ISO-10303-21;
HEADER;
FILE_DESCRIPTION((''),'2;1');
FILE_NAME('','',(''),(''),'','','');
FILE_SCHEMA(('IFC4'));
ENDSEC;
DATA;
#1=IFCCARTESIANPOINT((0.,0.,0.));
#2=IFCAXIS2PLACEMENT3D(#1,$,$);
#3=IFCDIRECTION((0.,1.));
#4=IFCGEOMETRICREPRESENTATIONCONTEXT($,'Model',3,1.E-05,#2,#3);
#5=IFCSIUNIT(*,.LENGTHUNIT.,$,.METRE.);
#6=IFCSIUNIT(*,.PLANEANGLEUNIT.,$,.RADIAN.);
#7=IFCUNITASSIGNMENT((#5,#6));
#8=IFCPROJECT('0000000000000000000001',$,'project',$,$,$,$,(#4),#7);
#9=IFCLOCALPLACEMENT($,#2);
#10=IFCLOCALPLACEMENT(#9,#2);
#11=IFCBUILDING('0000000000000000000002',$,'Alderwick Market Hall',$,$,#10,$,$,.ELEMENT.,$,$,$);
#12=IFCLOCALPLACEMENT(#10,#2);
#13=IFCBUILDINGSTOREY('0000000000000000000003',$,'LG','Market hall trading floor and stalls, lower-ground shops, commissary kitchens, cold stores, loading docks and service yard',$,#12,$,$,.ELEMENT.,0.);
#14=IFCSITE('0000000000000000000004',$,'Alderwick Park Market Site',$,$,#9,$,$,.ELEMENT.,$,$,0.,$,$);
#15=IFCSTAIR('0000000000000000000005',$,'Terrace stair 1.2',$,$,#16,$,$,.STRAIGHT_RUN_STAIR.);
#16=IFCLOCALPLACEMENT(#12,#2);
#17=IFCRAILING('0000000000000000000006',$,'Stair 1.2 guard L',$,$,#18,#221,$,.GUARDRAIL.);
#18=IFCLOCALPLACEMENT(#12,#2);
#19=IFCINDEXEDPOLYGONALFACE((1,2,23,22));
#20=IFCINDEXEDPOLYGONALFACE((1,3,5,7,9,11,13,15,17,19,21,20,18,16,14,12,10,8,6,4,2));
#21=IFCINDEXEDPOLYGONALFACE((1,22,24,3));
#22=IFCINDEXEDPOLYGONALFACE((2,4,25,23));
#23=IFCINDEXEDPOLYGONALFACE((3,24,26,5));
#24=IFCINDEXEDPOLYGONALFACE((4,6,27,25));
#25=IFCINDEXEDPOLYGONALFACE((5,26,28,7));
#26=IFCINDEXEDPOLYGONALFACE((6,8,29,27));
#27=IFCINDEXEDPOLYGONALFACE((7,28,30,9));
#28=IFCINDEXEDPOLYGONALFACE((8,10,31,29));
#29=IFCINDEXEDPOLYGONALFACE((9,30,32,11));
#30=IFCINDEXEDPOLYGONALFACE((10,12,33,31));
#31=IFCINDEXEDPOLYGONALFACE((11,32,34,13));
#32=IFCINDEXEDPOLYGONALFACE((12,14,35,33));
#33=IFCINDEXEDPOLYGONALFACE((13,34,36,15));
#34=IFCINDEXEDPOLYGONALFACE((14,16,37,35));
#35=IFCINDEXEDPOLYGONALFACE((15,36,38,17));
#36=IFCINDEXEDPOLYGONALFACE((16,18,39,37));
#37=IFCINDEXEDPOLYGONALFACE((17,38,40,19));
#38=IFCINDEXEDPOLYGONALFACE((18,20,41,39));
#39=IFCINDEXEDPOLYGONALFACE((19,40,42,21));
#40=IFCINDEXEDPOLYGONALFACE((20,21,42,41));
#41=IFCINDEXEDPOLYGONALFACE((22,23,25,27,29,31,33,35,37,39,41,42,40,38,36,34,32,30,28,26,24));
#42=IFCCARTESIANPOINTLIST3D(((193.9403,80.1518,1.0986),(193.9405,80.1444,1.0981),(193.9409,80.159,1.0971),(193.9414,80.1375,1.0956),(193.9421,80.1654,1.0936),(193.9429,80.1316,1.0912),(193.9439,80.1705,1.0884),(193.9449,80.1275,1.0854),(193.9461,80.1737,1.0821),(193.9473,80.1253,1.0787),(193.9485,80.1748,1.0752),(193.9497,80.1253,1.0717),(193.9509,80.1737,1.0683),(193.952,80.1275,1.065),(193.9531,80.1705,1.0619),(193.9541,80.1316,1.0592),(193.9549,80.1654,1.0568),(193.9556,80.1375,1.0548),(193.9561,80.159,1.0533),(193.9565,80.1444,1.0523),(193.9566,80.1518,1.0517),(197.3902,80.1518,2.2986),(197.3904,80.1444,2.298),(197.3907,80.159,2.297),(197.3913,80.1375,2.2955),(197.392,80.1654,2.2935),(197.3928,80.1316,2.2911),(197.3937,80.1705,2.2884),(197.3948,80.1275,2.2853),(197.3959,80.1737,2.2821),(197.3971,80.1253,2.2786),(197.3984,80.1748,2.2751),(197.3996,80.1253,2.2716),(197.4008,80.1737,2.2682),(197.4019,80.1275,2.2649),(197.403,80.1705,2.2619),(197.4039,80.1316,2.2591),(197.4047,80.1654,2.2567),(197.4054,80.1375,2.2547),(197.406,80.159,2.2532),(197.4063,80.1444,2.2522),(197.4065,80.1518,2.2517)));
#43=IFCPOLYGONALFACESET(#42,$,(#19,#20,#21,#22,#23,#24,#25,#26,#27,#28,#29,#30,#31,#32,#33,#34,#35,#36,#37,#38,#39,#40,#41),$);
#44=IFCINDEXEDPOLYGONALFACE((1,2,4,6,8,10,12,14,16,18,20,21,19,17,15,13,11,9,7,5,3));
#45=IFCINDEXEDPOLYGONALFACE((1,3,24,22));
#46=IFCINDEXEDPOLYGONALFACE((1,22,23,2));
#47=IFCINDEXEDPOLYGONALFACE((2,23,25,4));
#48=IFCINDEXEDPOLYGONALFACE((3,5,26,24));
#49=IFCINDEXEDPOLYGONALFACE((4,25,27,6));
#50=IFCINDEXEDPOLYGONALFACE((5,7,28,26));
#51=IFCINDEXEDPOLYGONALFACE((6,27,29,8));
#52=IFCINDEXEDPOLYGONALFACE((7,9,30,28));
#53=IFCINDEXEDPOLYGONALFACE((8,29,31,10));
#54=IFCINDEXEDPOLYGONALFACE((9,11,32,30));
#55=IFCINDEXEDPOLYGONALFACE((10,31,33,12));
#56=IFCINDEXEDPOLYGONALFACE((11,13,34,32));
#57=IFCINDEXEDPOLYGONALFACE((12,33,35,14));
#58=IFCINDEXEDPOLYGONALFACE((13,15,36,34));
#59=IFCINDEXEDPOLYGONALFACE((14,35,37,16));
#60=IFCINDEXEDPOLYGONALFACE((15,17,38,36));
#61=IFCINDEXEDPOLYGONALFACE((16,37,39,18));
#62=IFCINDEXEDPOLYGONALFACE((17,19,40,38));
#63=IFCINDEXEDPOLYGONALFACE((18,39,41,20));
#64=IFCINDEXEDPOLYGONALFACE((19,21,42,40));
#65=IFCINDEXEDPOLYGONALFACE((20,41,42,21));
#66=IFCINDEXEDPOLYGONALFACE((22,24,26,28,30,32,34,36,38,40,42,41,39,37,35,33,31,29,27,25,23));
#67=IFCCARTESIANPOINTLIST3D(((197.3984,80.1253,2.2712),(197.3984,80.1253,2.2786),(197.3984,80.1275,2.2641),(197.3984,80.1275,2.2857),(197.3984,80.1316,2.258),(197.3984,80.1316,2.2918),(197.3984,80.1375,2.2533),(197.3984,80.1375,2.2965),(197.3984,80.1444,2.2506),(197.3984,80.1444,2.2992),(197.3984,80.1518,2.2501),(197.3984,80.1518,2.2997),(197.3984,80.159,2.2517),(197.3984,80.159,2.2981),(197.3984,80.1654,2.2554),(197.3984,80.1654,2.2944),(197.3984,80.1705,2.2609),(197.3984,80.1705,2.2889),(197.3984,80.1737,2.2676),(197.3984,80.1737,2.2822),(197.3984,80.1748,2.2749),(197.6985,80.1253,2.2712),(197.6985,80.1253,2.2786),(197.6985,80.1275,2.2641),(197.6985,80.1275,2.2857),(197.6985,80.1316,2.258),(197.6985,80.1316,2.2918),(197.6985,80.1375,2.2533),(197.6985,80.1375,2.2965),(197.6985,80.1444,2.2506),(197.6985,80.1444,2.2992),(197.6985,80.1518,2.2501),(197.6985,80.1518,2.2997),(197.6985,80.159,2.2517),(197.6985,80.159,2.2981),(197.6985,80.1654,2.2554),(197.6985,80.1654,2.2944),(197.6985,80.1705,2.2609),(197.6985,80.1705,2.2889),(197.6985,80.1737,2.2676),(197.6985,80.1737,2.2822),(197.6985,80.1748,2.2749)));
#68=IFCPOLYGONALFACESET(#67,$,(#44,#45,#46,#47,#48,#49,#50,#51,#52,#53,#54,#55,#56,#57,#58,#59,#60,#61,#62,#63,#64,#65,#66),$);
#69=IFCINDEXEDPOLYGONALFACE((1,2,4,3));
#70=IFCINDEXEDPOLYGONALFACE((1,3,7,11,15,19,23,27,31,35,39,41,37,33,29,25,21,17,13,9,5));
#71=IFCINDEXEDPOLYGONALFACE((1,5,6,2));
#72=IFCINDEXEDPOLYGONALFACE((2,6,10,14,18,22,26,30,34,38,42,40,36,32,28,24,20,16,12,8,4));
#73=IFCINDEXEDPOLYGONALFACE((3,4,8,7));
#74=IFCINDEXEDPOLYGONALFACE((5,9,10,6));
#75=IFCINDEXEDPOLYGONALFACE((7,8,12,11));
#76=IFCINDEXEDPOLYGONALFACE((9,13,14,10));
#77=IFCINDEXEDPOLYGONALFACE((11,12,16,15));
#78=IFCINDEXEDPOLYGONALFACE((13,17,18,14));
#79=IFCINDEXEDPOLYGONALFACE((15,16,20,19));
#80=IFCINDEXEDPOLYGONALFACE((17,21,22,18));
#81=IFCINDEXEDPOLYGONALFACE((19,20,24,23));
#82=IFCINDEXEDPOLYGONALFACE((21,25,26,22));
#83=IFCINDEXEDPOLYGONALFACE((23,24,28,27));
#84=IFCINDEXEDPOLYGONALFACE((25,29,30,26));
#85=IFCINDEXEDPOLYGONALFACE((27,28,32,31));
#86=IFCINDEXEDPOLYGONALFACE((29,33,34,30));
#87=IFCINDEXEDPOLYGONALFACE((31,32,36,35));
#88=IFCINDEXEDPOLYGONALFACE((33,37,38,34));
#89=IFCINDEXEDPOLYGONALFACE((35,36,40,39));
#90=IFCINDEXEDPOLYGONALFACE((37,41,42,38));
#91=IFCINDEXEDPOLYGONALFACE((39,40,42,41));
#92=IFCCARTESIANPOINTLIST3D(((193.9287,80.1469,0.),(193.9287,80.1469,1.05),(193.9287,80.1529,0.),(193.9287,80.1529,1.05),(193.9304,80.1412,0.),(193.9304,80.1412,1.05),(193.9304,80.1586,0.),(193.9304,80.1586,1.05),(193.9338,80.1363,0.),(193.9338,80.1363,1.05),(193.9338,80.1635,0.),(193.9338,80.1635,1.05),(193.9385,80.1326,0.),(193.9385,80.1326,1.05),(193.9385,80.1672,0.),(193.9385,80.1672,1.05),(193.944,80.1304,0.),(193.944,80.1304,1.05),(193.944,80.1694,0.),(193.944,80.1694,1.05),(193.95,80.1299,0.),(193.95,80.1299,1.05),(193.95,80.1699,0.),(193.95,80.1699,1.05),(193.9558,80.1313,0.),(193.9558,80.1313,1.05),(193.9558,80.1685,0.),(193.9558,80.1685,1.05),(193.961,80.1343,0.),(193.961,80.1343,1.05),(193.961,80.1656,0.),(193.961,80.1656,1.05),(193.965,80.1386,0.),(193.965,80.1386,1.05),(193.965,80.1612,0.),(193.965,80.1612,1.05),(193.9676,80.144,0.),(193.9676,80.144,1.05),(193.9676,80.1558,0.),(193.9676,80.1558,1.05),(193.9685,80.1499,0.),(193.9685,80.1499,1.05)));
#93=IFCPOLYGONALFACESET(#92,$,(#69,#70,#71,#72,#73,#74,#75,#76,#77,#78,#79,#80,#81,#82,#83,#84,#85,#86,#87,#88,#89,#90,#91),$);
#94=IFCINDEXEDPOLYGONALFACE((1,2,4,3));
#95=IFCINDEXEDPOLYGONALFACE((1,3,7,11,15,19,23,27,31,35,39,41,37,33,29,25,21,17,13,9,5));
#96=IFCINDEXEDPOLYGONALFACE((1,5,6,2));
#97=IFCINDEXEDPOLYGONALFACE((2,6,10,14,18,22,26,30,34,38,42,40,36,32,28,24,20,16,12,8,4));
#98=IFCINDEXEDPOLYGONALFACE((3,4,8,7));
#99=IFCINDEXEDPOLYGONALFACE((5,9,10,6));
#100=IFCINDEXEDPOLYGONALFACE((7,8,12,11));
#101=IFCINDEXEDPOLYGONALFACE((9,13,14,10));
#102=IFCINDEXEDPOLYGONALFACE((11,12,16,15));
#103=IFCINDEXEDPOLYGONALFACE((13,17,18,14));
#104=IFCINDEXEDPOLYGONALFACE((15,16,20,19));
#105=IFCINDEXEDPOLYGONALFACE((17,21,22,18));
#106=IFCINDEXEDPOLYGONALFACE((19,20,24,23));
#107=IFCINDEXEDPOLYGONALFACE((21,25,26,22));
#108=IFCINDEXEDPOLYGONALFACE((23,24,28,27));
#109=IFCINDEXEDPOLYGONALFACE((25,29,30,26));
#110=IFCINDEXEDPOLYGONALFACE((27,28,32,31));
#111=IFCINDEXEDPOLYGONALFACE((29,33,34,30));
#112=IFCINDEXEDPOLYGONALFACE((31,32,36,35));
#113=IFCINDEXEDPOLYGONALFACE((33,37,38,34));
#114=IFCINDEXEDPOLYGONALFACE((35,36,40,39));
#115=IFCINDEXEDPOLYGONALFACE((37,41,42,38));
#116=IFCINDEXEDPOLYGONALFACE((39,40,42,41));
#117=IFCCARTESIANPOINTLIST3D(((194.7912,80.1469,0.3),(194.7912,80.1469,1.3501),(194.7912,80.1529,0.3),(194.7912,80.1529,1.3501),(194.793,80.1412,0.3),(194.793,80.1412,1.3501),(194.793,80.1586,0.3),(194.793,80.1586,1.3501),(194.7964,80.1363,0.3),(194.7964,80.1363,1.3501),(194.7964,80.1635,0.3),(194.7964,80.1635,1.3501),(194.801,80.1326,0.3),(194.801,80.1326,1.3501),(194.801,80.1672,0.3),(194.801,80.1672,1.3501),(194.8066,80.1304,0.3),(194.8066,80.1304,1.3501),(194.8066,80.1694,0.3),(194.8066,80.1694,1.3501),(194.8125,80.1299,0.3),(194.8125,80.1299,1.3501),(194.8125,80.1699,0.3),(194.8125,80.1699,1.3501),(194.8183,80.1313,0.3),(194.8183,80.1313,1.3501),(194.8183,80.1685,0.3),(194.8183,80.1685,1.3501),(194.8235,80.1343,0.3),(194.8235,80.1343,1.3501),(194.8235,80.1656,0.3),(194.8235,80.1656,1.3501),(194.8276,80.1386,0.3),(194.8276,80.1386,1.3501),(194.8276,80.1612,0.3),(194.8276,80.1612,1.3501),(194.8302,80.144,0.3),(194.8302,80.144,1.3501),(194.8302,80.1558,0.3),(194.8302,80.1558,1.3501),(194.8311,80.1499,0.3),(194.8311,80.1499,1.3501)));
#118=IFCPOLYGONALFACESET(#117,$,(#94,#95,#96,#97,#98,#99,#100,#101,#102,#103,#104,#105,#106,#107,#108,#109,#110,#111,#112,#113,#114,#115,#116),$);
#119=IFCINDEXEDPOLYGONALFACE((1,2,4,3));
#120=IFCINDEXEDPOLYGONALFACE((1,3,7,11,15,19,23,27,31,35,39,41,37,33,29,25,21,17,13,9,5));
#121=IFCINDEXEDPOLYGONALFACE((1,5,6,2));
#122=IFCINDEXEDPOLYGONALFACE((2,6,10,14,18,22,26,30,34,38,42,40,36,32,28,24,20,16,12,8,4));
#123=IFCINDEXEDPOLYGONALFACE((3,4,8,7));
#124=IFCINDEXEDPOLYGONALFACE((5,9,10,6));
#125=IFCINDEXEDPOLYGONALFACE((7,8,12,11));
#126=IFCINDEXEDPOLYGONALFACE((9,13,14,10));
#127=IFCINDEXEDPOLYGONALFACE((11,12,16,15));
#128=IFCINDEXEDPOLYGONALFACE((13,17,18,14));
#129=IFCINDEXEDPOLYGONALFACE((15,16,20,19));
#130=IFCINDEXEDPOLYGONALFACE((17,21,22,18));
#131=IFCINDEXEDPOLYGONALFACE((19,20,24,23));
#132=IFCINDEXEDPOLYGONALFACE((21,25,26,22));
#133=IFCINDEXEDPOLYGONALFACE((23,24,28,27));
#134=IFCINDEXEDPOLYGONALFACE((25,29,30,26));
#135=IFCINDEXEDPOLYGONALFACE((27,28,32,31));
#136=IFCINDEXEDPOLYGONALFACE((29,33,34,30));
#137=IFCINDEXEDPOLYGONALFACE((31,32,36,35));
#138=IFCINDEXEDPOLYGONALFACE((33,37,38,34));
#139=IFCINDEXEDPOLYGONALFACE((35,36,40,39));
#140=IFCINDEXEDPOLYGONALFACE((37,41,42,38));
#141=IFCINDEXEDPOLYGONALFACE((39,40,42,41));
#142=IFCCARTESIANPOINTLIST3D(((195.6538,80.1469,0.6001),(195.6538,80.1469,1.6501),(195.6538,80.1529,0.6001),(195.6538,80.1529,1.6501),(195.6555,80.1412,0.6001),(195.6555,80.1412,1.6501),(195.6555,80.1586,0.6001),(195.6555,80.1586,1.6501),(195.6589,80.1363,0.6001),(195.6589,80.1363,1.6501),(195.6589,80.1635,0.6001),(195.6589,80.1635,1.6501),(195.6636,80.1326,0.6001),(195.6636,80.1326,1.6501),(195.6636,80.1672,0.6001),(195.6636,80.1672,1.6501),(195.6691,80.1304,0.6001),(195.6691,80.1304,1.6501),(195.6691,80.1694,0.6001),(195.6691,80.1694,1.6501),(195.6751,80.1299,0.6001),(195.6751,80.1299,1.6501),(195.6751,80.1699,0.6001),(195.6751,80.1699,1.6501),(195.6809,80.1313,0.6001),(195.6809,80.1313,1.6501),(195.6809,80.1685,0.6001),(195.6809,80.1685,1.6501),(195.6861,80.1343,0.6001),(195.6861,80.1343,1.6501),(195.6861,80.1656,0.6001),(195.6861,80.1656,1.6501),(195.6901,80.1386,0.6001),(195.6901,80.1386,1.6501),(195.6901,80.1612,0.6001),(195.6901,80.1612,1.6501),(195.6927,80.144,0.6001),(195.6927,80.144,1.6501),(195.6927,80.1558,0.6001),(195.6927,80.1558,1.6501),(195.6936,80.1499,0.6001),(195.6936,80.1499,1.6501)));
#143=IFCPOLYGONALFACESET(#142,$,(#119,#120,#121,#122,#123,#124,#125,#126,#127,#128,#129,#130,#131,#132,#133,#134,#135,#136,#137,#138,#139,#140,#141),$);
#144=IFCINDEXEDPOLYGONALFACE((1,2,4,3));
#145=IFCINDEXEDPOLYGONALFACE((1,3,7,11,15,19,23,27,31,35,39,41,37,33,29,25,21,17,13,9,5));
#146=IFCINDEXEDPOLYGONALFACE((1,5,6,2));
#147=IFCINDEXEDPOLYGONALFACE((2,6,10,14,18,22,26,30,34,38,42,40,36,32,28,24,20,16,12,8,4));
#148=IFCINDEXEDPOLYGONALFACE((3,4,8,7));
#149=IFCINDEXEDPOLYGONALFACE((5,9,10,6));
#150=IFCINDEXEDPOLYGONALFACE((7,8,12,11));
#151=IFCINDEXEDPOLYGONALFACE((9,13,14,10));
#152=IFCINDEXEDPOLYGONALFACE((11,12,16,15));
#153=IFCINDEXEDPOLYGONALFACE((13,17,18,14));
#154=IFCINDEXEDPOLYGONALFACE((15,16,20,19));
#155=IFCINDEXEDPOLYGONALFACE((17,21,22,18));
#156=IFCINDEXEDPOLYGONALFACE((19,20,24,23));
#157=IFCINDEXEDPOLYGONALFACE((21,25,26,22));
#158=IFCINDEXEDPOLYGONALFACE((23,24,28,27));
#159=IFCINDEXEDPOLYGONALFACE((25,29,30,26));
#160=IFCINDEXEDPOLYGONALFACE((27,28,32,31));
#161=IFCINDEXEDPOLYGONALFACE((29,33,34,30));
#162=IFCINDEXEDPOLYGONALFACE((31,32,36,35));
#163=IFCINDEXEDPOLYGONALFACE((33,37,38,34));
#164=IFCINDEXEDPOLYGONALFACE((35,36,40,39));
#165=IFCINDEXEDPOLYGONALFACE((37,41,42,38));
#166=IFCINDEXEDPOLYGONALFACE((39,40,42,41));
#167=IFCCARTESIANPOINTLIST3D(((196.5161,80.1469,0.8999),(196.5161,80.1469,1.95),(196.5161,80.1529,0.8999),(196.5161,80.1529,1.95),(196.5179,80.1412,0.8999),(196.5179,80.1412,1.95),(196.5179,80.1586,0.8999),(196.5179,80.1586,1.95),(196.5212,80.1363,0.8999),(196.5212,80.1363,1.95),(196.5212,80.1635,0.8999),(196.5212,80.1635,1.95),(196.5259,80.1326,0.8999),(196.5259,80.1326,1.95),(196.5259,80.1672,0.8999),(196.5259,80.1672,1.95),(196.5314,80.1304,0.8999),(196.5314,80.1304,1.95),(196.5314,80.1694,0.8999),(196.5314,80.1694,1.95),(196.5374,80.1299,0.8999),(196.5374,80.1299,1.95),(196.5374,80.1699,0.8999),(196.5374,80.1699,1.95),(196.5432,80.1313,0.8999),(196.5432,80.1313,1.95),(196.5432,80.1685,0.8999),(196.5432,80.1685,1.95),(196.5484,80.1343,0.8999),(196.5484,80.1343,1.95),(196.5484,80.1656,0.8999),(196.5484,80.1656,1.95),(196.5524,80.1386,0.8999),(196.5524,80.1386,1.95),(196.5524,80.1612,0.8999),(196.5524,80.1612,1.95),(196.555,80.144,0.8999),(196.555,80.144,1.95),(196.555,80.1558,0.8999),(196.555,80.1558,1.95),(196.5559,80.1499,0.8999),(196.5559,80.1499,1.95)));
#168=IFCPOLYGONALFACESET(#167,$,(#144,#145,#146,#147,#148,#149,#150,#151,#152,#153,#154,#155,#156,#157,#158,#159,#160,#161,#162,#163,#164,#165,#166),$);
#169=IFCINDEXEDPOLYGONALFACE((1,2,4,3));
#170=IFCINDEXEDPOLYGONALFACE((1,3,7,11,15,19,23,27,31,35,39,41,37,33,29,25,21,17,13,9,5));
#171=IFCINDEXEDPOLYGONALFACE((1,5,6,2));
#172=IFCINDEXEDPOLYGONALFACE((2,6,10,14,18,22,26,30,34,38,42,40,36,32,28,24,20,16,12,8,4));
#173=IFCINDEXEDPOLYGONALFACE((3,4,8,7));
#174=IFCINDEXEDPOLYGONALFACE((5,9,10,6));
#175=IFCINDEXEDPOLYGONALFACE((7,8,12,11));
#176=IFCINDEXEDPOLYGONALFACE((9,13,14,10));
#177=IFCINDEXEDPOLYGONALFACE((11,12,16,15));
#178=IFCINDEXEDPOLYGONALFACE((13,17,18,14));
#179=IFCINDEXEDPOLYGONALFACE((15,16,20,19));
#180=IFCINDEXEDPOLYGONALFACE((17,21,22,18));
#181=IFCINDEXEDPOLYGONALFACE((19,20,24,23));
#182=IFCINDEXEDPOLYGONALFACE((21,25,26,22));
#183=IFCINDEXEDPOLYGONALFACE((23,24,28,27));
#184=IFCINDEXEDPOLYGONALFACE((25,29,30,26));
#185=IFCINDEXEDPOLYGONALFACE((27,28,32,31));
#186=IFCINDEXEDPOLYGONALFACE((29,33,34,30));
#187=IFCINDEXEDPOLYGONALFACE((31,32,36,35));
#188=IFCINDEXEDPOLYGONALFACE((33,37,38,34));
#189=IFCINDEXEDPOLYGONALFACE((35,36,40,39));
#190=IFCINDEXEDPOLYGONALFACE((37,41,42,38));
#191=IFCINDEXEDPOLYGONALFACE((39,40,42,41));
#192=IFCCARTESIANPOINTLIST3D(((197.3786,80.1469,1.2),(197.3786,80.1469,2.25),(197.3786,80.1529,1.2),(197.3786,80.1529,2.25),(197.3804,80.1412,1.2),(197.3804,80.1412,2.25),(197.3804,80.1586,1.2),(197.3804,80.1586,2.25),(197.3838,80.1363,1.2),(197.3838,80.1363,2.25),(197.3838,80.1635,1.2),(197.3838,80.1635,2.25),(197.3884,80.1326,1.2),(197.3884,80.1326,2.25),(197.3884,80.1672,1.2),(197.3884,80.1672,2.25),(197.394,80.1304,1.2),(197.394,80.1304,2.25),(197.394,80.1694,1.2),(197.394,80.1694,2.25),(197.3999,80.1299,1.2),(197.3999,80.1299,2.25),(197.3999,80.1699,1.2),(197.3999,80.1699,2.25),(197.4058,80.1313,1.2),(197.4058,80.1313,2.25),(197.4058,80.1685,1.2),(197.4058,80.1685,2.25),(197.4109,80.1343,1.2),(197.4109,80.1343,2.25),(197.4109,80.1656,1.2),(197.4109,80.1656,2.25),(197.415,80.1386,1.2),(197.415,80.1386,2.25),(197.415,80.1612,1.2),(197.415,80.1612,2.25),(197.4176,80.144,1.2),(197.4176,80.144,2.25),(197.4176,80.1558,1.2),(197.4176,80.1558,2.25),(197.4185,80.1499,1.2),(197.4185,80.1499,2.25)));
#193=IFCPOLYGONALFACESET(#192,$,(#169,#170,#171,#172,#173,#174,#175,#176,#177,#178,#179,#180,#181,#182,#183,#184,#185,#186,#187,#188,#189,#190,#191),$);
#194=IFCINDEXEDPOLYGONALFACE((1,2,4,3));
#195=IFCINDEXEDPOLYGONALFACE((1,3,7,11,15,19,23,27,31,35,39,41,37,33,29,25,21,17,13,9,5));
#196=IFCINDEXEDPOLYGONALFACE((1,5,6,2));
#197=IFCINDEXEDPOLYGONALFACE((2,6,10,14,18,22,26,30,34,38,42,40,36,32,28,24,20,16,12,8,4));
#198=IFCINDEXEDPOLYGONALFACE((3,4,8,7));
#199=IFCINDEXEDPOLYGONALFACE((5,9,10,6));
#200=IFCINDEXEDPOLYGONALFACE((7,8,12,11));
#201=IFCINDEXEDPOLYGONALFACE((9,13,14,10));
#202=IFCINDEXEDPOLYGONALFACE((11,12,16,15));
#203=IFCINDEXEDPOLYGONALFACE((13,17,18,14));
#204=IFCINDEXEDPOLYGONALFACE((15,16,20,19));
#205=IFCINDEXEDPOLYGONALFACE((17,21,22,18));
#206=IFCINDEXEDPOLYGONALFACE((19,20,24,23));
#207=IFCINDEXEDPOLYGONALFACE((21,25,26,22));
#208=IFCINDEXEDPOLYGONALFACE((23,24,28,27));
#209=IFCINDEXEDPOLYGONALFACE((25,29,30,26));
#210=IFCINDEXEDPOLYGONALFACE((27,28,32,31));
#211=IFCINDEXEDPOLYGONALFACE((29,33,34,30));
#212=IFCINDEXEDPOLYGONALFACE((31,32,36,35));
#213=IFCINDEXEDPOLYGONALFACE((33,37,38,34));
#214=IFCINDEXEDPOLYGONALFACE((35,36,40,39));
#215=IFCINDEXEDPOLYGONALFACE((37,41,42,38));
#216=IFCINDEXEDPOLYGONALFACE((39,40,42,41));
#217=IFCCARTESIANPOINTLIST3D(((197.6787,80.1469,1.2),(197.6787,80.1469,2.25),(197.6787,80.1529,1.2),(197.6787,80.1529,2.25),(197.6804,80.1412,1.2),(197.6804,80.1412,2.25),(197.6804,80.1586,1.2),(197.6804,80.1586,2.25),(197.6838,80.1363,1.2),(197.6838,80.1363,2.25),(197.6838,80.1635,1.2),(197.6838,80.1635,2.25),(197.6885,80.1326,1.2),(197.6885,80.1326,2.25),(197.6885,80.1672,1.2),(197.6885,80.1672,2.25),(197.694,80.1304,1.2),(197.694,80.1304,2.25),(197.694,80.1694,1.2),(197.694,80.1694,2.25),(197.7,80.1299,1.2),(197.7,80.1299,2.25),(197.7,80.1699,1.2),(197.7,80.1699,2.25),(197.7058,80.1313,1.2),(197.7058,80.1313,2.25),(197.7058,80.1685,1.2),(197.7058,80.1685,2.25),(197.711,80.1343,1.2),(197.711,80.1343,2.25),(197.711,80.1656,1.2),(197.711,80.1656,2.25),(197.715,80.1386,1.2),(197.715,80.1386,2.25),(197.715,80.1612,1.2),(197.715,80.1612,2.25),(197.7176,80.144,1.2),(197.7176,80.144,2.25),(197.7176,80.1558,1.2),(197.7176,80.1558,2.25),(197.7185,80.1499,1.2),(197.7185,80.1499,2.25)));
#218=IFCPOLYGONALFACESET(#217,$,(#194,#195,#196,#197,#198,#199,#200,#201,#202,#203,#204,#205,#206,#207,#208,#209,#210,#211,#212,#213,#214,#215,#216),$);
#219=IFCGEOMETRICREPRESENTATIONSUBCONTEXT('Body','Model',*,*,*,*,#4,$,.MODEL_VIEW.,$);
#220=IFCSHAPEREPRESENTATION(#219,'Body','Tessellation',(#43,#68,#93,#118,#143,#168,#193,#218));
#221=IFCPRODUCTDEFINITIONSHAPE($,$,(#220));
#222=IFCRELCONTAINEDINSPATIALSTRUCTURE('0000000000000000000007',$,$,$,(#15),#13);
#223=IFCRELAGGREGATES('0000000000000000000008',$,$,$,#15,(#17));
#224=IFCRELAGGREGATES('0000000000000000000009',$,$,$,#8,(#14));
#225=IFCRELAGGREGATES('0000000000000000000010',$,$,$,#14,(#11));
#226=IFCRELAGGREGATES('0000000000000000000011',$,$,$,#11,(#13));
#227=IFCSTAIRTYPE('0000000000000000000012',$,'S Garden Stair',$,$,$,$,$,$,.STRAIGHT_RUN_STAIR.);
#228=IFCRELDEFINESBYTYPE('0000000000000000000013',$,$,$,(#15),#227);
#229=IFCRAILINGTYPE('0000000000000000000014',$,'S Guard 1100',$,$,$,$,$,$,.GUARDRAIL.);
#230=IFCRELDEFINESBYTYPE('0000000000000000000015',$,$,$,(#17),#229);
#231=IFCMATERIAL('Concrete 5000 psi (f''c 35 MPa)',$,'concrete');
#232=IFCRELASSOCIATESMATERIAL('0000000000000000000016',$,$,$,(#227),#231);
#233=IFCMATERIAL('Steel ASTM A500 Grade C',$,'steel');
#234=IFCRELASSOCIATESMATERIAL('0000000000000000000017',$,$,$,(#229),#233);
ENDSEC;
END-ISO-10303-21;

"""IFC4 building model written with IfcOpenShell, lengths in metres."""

from ifc_helpers import new_model, si_unit, direction, frame, origin, origin_2d, place, context, subcontext, project, spatial, circle, extrude, material, type_object, element, aggregate, save


model = new_model("IFC4")

# Units and contexts
model_context = context("Model", 3, precision=1e-05, world=origin(), true_north=direction((0.0, 1.0)))
body_context = subcontext(model_context, "Body", "Model", "MODEL_VIEW")
ifc_project = project(units=[si_unit("LENGTHUNIT", "METRE"), si_unit("PLANEANGLEUNIT", "RADIAN")], contexts=[model_context])

# Site, building, storey
site_placement = place(None, origin())
site = spatial("IfcSite", under=ifc_project, at=site_placement, Name="Alderwick Park Market Site", CompositionType="ELEMENT", RefElevation=0.0)
building_placement = place(site_placement, origin())
building = spatial("IfcBuilding", under=site, at=building_placement, Name="Alderwick Market Hall", CompositionType="ELEMENT")
storey_placement = place(building_placement, origin())
storey = spatial("IfcBuildingStorey", under=building, at=storey_placement, Name="LG", Description="Market hall trading floor and stalls, lower-ground shops, commissary kitchens, cold stores, loading docks and service yard", CompositionType="ELEMENT", Elevation=0.0)

# Shared definitions
ifc_material_1 = material(Name="Concrete 5000 psi (f'c 35 MPa)", Category="concrete")

# Shared definitions
stair_type = type_object("IfcStairType", Name="S Garden Stair", PredefinedType="STRAIGHT_RUN_STAIR", material=ifc_material_1)

# Stair, railing
stair_1_placement = place(storey_placement, origin())
stair_1 = element("IfcStair", 1, at=stair_1_placement, inside=storey, type_object=stair_type, Name="Terrace stair 1.2", PredefinedType="STRAIGHT_RUN_STAIR")
ifc_material_2 = material(Name="Steel ASTM A500 Grade C", Category="steel")
railing_type_1 = type_object("IfcRailingType", Name="S Guard 1100", PredefinedType="GUARDRAIL", material=ifc_material_2)
railing_1_placement = place(storey_placement, frame((193.9485, 80.1499, 0.0)))
railing_1 = element("IfcRailing", 2, at=railing_1_placement, type_object=railing_type_1, Name="Stair 1.2 guard L", PredefinedType="GUARDRAIL", context=body_context, shape_type="SweptSolid", body=[
    extrude(circle(Radius=0.0249, at=origin_2d()), frame((0.0, 0.0, 1.0752), z_axis=(0.9445, 0.0, 0.328513), x_axis=(0.0, 1.0, 0.0)), (0.0, 0.0, 1.0), 3.6526),
    extrude(circle(Radius=0.0249, at=origin_2d()), frame((3.45, 0.0, 2.2749), z_axis=(1.0, 0.0, 0.0), x_axis=(0.0, 1.0, 0.0)), (0.0, 0.0, 1.0), 0.3),
    extrude(circle(Radius=0.02, at=origin_2d()), origin(), (0.0, 0.0, 1.0), 1.05),
    extrude(circle(Radius=0.02, at=origin_2d()), frame((0.8625, 0.0, 0.3)), (0.0, 0.0, 1.0), 1.05),
    extrude(circle(Radius=0.02, at=origin_2d()), frame((1.7251, 0.0, 0.6001)), (0.0, 0.0, 1.0), 1.05),
    extrude(circle(Radius=0.02, at=origin_2d()), frame((2.5874, 0.0, 0.8999)), (0.0, 0.0, 1.0), 1.05),
    extrude(circle(Radius=0.02, at=origin_2d()), frame((3.45, 0.0, 1.2)), (0.0, 0.0, 1.0), 1.05),
    extrude(circle(Radius=0.02, at=origin_2d()), frame((3.75, 0.0, 1.2)), (0.0, 0.0, 1.0), 1.05),
])
aggregate(stair_1, [railing_1])

save(model, "model.ifc")
